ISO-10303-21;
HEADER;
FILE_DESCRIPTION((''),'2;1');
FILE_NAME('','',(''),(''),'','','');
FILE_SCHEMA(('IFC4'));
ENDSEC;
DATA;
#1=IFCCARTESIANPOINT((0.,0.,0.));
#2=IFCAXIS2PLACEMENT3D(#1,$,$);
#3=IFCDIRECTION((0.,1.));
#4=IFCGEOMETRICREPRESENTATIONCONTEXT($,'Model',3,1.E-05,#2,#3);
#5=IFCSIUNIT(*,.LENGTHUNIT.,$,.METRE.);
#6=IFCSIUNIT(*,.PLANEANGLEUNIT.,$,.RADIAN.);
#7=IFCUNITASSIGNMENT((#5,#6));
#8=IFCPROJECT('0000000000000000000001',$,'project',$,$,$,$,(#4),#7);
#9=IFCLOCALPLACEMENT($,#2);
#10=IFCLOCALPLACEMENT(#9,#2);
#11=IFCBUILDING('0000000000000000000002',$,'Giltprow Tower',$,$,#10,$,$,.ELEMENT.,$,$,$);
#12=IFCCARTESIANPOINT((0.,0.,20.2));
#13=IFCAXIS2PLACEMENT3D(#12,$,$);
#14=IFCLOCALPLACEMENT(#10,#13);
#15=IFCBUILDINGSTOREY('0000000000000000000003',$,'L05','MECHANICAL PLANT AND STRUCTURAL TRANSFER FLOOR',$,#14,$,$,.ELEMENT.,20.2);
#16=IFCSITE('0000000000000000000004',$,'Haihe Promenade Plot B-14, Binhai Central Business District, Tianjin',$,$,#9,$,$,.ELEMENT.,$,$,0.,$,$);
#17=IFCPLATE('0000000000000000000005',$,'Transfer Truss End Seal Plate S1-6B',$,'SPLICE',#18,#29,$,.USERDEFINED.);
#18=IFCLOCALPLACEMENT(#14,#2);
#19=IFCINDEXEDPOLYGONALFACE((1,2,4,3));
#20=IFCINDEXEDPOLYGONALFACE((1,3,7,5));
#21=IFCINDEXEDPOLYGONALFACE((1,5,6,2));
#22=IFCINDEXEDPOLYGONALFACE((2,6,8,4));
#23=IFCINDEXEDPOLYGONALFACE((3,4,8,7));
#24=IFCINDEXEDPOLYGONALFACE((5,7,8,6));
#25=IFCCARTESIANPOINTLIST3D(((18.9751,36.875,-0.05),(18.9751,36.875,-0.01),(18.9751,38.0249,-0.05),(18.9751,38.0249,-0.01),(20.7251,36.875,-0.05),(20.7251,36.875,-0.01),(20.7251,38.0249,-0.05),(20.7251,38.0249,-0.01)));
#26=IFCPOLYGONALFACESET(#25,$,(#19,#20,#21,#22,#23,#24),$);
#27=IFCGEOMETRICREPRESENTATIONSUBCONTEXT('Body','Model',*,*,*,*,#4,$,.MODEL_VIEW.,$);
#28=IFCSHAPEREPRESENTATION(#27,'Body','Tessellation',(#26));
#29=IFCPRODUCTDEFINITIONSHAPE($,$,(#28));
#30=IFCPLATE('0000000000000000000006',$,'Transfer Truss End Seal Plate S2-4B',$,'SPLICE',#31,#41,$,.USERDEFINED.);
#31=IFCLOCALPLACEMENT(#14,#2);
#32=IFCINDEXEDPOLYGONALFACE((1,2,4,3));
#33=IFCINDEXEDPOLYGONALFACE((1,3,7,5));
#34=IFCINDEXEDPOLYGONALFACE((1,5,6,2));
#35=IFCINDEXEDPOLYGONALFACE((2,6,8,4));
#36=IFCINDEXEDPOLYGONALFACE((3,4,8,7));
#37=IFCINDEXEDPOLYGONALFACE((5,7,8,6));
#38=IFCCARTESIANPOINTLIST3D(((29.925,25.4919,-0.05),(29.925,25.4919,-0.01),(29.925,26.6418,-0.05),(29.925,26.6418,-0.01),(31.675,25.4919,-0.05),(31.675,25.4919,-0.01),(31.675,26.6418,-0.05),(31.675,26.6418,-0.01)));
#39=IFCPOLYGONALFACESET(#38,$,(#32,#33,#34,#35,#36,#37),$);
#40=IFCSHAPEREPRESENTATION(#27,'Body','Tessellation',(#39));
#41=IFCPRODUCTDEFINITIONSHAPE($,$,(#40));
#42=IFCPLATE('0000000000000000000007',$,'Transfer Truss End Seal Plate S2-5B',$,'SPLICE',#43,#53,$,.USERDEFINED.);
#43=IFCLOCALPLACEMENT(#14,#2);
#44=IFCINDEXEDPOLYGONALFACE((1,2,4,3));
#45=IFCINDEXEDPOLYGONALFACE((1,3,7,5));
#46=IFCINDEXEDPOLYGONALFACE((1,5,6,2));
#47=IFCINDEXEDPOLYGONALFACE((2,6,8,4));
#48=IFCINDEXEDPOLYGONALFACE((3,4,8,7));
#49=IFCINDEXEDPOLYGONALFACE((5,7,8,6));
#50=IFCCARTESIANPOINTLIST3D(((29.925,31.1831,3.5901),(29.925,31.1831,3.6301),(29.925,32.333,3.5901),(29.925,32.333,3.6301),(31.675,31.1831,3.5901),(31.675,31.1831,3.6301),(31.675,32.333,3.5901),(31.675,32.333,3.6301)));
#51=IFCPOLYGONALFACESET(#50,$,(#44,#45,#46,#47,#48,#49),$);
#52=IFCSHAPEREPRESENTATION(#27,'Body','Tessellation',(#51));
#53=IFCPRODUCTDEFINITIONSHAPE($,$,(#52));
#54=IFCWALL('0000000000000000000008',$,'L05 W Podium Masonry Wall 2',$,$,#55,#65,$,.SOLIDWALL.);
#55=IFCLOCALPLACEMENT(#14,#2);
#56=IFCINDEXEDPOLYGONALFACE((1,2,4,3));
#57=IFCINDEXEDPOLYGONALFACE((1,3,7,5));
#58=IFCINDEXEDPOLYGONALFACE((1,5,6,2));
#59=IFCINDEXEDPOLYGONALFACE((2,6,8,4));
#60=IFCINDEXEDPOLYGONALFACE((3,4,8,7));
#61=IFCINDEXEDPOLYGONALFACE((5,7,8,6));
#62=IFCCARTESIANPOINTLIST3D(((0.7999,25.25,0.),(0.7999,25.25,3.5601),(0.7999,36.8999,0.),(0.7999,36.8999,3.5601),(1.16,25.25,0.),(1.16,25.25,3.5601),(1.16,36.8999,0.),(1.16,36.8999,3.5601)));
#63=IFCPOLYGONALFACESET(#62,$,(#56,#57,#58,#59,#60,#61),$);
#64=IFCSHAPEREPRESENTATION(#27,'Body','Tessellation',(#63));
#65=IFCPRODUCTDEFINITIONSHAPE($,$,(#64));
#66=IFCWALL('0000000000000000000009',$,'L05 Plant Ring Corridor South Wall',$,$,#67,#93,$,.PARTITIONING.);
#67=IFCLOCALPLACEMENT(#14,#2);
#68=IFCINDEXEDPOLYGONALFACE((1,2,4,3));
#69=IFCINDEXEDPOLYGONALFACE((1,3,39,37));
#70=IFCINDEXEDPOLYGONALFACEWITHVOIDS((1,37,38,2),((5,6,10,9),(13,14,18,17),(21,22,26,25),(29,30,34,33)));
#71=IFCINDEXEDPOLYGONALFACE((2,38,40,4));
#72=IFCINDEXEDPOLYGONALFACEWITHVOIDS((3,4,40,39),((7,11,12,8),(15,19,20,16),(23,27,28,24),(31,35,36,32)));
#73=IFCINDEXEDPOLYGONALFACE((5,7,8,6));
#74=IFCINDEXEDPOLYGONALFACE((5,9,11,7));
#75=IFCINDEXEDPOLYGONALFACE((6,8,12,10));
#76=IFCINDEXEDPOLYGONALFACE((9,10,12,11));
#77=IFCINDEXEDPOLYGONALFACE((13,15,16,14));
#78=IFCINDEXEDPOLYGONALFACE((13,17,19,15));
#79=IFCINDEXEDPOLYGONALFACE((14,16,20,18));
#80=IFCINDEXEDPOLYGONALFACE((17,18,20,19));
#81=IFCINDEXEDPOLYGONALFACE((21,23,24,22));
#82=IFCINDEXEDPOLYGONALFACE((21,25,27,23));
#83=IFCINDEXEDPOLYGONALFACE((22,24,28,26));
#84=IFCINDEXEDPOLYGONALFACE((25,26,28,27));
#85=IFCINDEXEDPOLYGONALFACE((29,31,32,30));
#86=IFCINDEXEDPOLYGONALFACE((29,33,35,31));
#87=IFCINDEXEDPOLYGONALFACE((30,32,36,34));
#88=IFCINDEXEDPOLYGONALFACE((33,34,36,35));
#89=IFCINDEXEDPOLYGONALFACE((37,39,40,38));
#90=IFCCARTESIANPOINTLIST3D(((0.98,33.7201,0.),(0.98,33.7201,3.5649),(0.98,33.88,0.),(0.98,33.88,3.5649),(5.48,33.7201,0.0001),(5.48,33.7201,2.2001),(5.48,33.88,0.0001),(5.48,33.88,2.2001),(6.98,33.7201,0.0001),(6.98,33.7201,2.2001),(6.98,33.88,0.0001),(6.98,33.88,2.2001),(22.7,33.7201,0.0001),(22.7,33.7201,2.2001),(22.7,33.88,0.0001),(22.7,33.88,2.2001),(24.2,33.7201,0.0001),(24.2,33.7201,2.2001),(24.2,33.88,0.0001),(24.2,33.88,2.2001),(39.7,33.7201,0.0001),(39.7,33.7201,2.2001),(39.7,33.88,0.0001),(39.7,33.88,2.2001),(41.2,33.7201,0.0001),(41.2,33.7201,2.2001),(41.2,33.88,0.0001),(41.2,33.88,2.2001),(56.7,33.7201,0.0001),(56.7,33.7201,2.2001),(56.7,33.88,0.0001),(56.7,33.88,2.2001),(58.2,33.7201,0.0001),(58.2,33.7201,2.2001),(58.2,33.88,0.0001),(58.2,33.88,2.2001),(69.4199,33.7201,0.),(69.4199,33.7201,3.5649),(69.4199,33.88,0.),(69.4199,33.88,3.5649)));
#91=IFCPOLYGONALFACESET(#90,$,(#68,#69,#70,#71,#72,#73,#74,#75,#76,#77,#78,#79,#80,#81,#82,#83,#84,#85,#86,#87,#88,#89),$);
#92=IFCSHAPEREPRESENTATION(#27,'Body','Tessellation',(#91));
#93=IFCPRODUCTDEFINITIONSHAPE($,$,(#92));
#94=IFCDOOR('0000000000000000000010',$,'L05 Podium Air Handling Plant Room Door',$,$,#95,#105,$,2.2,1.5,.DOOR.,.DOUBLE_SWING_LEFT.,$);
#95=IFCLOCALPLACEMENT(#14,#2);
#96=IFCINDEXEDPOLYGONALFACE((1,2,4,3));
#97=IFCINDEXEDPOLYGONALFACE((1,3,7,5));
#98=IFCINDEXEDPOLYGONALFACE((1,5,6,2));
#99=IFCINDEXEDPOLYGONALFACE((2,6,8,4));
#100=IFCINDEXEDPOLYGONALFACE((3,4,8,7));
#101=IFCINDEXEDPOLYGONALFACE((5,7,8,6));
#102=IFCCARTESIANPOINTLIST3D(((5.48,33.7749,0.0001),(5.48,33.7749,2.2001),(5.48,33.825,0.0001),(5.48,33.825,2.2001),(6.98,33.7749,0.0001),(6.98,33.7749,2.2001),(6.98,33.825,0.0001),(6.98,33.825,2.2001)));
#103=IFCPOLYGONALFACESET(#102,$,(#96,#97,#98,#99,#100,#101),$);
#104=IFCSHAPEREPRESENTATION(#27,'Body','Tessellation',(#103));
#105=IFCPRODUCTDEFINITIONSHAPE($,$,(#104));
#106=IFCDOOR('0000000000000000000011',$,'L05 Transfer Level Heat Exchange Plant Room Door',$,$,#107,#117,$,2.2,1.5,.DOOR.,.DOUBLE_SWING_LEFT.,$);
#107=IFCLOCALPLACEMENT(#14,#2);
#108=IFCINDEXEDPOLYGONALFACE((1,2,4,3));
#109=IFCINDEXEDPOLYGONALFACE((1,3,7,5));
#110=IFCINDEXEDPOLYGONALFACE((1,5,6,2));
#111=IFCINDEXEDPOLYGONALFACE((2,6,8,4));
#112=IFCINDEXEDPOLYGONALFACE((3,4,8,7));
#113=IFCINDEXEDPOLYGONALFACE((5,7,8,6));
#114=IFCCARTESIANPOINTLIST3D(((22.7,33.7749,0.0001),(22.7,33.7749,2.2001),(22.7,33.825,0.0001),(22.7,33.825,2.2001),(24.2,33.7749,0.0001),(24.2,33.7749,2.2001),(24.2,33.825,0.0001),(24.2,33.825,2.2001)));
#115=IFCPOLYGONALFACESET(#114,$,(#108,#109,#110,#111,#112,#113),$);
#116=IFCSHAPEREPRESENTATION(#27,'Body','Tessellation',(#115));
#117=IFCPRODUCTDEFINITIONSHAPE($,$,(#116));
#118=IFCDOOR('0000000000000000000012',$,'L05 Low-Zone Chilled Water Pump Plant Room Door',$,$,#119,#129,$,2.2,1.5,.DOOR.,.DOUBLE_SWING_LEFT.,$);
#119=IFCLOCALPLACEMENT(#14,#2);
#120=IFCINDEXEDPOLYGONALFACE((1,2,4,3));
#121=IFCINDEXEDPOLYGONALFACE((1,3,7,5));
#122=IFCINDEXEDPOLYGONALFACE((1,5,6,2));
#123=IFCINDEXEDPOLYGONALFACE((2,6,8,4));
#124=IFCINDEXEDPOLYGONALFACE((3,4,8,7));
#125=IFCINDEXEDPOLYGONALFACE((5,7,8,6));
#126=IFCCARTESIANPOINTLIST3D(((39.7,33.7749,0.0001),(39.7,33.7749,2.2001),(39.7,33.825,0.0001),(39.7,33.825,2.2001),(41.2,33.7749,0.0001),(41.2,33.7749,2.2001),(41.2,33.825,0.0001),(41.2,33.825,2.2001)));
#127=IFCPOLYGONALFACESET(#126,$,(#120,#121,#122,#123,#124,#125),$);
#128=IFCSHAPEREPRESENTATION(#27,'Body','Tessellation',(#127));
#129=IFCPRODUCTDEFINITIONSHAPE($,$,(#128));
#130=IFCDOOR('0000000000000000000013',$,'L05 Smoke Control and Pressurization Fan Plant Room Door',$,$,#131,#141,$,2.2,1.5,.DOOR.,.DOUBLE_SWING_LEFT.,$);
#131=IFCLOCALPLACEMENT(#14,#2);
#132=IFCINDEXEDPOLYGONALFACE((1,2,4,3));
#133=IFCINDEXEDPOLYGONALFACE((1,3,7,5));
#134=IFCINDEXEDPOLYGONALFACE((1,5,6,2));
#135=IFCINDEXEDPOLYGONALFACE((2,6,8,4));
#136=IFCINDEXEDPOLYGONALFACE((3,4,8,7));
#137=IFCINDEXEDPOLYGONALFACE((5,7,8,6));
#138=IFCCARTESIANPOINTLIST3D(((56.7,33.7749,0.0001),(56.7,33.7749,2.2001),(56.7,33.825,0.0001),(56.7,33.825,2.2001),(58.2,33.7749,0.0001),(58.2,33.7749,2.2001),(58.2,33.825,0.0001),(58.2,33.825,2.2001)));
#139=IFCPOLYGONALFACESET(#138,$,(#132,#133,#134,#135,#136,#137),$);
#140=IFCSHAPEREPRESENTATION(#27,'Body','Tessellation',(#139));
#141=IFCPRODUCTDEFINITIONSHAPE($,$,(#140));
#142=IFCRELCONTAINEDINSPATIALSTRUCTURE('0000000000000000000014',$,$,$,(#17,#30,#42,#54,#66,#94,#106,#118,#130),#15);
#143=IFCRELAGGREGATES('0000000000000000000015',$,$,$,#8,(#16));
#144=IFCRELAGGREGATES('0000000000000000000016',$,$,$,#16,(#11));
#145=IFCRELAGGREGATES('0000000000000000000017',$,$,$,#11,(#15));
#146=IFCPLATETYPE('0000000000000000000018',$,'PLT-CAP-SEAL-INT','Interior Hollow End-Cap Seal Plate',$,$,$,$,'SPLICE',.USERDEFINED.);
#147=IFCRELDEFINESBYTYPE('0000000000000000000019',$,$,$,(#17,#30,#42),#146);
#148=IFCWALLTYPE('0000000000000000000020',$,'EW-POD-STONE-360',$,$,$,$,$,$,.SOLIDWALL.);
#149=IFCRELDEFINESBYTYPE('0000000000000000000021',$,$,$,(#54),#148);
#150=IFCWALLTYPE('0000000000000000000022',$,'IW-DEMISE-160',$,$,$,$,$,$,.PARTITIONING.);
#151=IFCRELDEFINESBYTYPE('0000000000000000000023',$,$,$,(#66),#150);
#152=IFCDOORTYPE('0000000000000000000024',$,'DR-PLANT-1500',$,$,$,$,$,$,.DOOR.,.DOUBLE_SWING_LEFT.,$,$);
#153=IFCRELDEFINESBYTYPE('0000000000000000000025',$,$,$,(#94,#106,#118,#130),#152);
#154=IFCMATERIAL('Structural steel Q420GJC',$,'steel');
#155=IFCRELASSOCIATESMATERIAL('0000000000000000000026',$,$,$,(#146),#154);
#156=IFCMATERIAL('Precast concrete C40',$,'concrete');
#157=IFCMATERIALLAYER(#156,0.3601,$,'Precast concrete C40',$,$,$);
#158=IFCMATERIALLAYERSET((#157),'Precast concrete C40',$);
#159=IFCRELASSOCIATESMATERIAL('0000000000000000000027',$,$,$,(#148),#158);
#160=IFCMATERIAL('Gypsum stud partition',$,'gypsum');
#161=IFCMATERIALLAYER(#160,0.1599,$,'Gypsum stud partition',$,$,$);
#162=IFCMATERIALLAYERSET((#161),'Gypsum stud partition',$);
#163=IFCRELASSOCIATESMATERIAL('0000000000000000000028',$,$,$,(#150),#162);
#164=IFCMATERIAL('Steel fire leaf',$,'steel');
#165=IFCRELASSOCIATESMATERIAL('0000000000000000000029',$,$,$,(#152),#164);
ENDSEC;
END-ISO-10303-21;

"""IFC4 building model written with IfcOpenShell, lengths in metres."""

from ifc_helpers import new_model, si_unit, direction, frame, frame_2d, origin, origin_2d, place, context, subcontext, project, spatial, rectangle, extrude, source, transform, mapped, material, layer, layer_set, type_object, element, fill, save


model = new_model("IFC4")

# Units and contexts
model_context = context("Model", 3, precision=1e-05, world=origin(), true_north=direction((0.0, 1.0)))
body_context = subcontext(model_context, "Body", "Model", "MODEL_VIEW")
ifc_project = project(units=[si_unit("LENGTHUNIT", "METRE"), si_unit("PLANEANGLEUNIT", "RADIAN")], contexts=[model_context])

# Site, building, storey
site_placement = place(None, origin())
site = spatial("IfcSite", under=ifc_project, at=site_placement, Name="Haihe Promenade Plot B-14, Binhai Central Business District, Tianjin", CompositionType="ELEMENT", RefElevation=0.0)
building_placement = place(site_placement, origin())
building = spatial("IfcBuilding", under=site, at=building_placement, Name="Giltprow Tower", CompositionType="ELEMENT")
storey_placement = place(building_placement, frame((0.0, 0.0, 20.2)))
storey = spatial("IfcBuildingStorey", under=building, at=storey_placement, Name="L05", Description="MECHANICAL PLANT AND STRUCTURAL TRANSFER FLOOR", CompositionType="ELEMENT", Elevation=20.2)

# Shared definitions
ifc_material_1 = material(Name="Structural steel Q420GJC", Category="steel")

# Plates
plate_type = type_object("IfcPlateType", Name="PLT-CAP-SEAL-INT", Description="Interior Hollow End-Cap Seal Plate", ElementType="SPLICE", PredefinedType="USERDEFINED", material=ifc_material_1)
shared_shape_1 = source(origin(), body_context, "Body", "SweptSolid", [
    extrude(rectangle(XDim=1.75, YDim=1.1499, at=origin_2d()), origin(), (0.0, 0.0, 1.0), 0.04),
])
for number, where, z_axis, x_axis, name in (
    (1, (19.8501, 37.45, -0.05), (0.0, 0.0, 1.0), (1.0, 0.0, 0.0), "Transfer Truss End Seal Plate S1-6B"),
    (2, (30.8, 26.0669, -0.05), (0.0, 0.0, 1.0), (1.0, 0.0, 0.0), "Transfer Truss End Seal Plate S2-4B"),
    (3, (30.8, 31.7581, 3.5901), (0.0, 0.0, 1.0), (1.0, 0.0, 0.0), "Transfer Truss End Seal Plate S2-5B"),
):
    element("IfcPlate", number, at=place(storey_placement, frame(where, z_axis=z_axis, x_axis=x_axis)), inside=storey, type_object=plate_type, Name=name, ObjectType="SPLICE", PredefinedType="USERDEFINED", context=body_context, shape_type="MappedRepresentation", body=[
        mapped(shared_shape_1, transform((0.0, 0.0, 0.0), x_axis=(1.0, 0.0, 0.0), y_axis=(0.0, 1.0, 0.0), z_axis=(0.0, 0.0, 1.0), scale=1.0)),
    ])

# Wall
ifc_material_2 = material(Name="Precast concrete C40", Category="concrete")
ifc_layer_1 = layer(ifc_material_2, 0.3601, Name="Precast concrete C40")
ifc_layer_set_1 = layer_set([ifc_layer_1], Name="Precast concrete C40")
wall_type_1 = type_object("IfcWallType", Name="EW-POD-STONE-360", PredefinedType="SOLIDWALL", material=ifc_layer_set_1)
wall_1_placement = place(storey_placement, frame((0.98, 25.25, 0.0), z_axis=(0.0, 0.0, 1.0), x_axis=(0.0, 1.0, 0.0)))
element("IfcWall", 4, at=wall_1_placement, inside=storey, type_object=wall_type_1, Name="L05 W Podium Masonry Wall 2", PredefinedType="SOLIDWALL", context=body_context, shape_type="SweptSolid", body=[
    extrude(rectangle(XDim=11.6499, YDim=0.3601, at=frame_2d((5.825, 0.0))), origin(), (0.0, 0.0, 1.0), 3.5601),
])

# Wall, openings, doors
ifc_material_3 = material(Name="Gypsum stud partition", Category="gypsum")
ifc_layer_2 = layer(ifc_material_3, 0.1599, Name="Gypsum stud partition")
ifc_layer_set_2 = layer_set([ifc_layer_2], Name="Gypsum stud partition")
wall_type_2 = type_object("IfcWallType", Name="IW-DEMISE-160", PredefinedType="PARTITIONING", material=ifc_layer_set_2)
wall_2_placement = place(storey_placement, frame((0.98, 33.8, 0.0), z_axis=(0.0, 0.0, 1.0), x_axis=(1.0, 0.0, 0.0)))
wall_2 = element("IfcWall", 5, at=wall_2_placement, inside=storey, type_object=wall_type_2, Name="L05 Plant Ring Corridor South Wall", PredefinedType="PARTITIONING", context=body_context, shape_type="SweptSolid", body=[
    extrude(rectangle(XDim=68.4399, YDim=0.1599, at=frame_2d((34.22, 0.0))), origin(), (0.0, 0.0, 1.0), 3.5649),
])
opening_1_placement = place(wall_2_placement, frame((4.5, 0.0, 0.0)))
opening_1 = element("IfcOpeningElement", 6, at=opening_1_placement, cuts=wall_2, PredefinedType="OPENING", context=body_context, shape_type="SweptSolid", body=[
    extrude(rectangle(XDim=1.5, YDim=2.2, at=frame_2d((0.75, 1.1001))), frame((0.0, 0.0898, 0.0), z_axis=(0.0, -1.0, 0.0), x_axis=(1.0, 0.0, 0.0)), (0.0, 0.0, 1.0), 0.1799),
])
opening_2_placement = place(wall_2_placement, frame((21.72, 0.0, 0.0)))
opening_2 = element("IfcOpeningElement", 7, at=opening_2_placement, cuts=wall_2, PredefinedType="OPENING", context=body_context, shape_type="SweptSolid", body=[
    extrude(rectangle(XDim=1.5, YDim=2.2, at=frame_2d((0.75, 1.1001))), frame((0.0, 0.0898, 0.0), z_axis=(0.0, -1.0, 0.0), x_axis=(1.0, 0.0, 0.0)), (0.0, 0.0, 1.0), 0.1799),
])
opening_3_placement = place(wall_2_placement, frame((38.72, 0.0, 0.0)))
opening_3 = element("IfcOpeningElement", 8, at=opening_3_placement, cuts=wall_2, PredefinedType="OPENING", context=body_context, shape_type="SweptSolid", body=[
    extrude(rectangle(XDim=1.5, YDim=2.2, at=frame_2d((0.75, 1.1001))), frame((0.0, 0.0898, 0.0), z_axis=(0.0, -1.0, 0.0), x_axis=(1.0, 0.0, 0.0)), (0.0, 0.0, 1.0), 0.1799),
])
opening_4_placement = place(wall_2_placement, frame((55.72, 0.0, 0.0)))
opening_4 = element("IfcOpeningElement", 9, at=opening_4_placement, cuts=wall_2, PredefinedType="OPENING", context=body_context, shape_type="SweptSolid", body=[
    extrude(rectangle(XDim=1.5, YDim=2.2, at=frame_2d((0.75, 1.1001))), frame((0.0, 0.0898, 0.0), z_axis=(0.0, -1.0, 0.0), x_axis=(1.0, 0.0, 0.0)), (0.0, 0.0, 1.0), 0.1799),
])
ifc_material_4 = material(Name="Steel fire leaf", Category="steel")
door_type_1 = type_object("IfcDoorType", Name="DR-PLANT-1500", OperationType="DOUBLE_SWING_LEFT", PredefinedType="DOOR", material=ifc_material_4)
shared_shape_2 = source(origin(), body_context, "Body", "SweptSolid", [
    extrude(rectangle(XDim=1.5, YDim=2.2, at=frame_2d((0.75, 1.1001))), frame((0.0, 0.0249, 0.0), z_axis=(0.0, -1.0, 0.0), x_axis=(1.0, 0.0, 0.0)), (0.0, 0.0, 1.0), 0.05),
])
door_1_placement = place(opening_1_placement, origin())
door_1 = element("IfcDoor", 10, at=door_1_placement, inside=storey, type_object=door_type_1, Name="L05 Podium Air Handling Plant Room Door", OperationType="DOUBLE_SWING_LEFT", OverallHeight=2.2, OverallWidth=1.5, PredefinedType="DOOR", context=body_context, shape_type="MappedRepresentation", body=[
    mapped(shared_shape_2, transform((0.0, 0.0, 0.0), x_axis=(1.0, 0.0, 0.0), y_axis=(0.0, 1.0, 0.0), z_axis=(0.0, 0.0, 1.0), scale=1.0)),
])
fill(opening_1, door_1)
door_2_placement = place(opening_2_placement, origin())
door_2 = element("IfcDoor", 11, at=door_2_placement, inside=storey, type_object=door_type_1, Name="L05 Transfer Level Heat Exchange Plant Room Door", OperationType="DOUBLE_SWING_LEFT", OverallHeight=2.2, OverallWidth=1.5, PredefinedType="DOOR", context=body_context, shape_type="MappedRepresentation", body=[
    mapped(shared_shape_2, transform((0.0, 0.0, 0.0), x_axis=(1.0, 0.0, 0.0), y_axis=(0.0, 1.0, 0.0), z_axis=(0.0, 0.0, 1.0), scale=1.0)),
])
fill(opening_2, door_2)
door_3_placement = place(opening_3_placement, origin())
door_3 = element("IfcDoor", 12, at=door_3_placement, inside=storey, type_object=door_type_1, Name="L05 Low-Zone Chilled Water Pump Plant Room Door", OperationType="DOUBLE_SWING_LEFT", OverallHeight=2.2, OverallWidth=1.5, PredefinedType="DOOR", context=body_context, shape_type="MappedRepresentation", body=[
    mapped(shared_shape_2, transform((0.0, 0.0, 0.0), x_axis=(1.0, 0.0, 0.0), y_axis=(0.0, 1.0, 0.0), z_axis=(0.0, 0.0, 1.0), scale=1.0)),
])
fill(opening_3, door_3)
door_4_placement = place(opening_4_placement, origin())
door_4 = element("IfcDoor", 13, at=door_4_placement, inside=storey, type_object=door_type_1, Name="L05 Smoke Control and Pressurization Fan Plant Room Door", OperationType="DOUBLE_SWING_LEFT", OverallHeight=2.2, OverallWidth=1.5, PredefinedType="DOOR", context=body_context, shape_type="MappedRepresentation", body=[
    mapped(shared_shape_2, transform((0.0, 0.0, 0.0), x_axis=(1.0, 0.0, 0.0), y_axis=(0.0, 1.0, 0.0), z_axis=(0.0, 0.0, 1.0), scale=1.0)),
])
fill(opening_4, door_4)

save(model, "model.ifc")
